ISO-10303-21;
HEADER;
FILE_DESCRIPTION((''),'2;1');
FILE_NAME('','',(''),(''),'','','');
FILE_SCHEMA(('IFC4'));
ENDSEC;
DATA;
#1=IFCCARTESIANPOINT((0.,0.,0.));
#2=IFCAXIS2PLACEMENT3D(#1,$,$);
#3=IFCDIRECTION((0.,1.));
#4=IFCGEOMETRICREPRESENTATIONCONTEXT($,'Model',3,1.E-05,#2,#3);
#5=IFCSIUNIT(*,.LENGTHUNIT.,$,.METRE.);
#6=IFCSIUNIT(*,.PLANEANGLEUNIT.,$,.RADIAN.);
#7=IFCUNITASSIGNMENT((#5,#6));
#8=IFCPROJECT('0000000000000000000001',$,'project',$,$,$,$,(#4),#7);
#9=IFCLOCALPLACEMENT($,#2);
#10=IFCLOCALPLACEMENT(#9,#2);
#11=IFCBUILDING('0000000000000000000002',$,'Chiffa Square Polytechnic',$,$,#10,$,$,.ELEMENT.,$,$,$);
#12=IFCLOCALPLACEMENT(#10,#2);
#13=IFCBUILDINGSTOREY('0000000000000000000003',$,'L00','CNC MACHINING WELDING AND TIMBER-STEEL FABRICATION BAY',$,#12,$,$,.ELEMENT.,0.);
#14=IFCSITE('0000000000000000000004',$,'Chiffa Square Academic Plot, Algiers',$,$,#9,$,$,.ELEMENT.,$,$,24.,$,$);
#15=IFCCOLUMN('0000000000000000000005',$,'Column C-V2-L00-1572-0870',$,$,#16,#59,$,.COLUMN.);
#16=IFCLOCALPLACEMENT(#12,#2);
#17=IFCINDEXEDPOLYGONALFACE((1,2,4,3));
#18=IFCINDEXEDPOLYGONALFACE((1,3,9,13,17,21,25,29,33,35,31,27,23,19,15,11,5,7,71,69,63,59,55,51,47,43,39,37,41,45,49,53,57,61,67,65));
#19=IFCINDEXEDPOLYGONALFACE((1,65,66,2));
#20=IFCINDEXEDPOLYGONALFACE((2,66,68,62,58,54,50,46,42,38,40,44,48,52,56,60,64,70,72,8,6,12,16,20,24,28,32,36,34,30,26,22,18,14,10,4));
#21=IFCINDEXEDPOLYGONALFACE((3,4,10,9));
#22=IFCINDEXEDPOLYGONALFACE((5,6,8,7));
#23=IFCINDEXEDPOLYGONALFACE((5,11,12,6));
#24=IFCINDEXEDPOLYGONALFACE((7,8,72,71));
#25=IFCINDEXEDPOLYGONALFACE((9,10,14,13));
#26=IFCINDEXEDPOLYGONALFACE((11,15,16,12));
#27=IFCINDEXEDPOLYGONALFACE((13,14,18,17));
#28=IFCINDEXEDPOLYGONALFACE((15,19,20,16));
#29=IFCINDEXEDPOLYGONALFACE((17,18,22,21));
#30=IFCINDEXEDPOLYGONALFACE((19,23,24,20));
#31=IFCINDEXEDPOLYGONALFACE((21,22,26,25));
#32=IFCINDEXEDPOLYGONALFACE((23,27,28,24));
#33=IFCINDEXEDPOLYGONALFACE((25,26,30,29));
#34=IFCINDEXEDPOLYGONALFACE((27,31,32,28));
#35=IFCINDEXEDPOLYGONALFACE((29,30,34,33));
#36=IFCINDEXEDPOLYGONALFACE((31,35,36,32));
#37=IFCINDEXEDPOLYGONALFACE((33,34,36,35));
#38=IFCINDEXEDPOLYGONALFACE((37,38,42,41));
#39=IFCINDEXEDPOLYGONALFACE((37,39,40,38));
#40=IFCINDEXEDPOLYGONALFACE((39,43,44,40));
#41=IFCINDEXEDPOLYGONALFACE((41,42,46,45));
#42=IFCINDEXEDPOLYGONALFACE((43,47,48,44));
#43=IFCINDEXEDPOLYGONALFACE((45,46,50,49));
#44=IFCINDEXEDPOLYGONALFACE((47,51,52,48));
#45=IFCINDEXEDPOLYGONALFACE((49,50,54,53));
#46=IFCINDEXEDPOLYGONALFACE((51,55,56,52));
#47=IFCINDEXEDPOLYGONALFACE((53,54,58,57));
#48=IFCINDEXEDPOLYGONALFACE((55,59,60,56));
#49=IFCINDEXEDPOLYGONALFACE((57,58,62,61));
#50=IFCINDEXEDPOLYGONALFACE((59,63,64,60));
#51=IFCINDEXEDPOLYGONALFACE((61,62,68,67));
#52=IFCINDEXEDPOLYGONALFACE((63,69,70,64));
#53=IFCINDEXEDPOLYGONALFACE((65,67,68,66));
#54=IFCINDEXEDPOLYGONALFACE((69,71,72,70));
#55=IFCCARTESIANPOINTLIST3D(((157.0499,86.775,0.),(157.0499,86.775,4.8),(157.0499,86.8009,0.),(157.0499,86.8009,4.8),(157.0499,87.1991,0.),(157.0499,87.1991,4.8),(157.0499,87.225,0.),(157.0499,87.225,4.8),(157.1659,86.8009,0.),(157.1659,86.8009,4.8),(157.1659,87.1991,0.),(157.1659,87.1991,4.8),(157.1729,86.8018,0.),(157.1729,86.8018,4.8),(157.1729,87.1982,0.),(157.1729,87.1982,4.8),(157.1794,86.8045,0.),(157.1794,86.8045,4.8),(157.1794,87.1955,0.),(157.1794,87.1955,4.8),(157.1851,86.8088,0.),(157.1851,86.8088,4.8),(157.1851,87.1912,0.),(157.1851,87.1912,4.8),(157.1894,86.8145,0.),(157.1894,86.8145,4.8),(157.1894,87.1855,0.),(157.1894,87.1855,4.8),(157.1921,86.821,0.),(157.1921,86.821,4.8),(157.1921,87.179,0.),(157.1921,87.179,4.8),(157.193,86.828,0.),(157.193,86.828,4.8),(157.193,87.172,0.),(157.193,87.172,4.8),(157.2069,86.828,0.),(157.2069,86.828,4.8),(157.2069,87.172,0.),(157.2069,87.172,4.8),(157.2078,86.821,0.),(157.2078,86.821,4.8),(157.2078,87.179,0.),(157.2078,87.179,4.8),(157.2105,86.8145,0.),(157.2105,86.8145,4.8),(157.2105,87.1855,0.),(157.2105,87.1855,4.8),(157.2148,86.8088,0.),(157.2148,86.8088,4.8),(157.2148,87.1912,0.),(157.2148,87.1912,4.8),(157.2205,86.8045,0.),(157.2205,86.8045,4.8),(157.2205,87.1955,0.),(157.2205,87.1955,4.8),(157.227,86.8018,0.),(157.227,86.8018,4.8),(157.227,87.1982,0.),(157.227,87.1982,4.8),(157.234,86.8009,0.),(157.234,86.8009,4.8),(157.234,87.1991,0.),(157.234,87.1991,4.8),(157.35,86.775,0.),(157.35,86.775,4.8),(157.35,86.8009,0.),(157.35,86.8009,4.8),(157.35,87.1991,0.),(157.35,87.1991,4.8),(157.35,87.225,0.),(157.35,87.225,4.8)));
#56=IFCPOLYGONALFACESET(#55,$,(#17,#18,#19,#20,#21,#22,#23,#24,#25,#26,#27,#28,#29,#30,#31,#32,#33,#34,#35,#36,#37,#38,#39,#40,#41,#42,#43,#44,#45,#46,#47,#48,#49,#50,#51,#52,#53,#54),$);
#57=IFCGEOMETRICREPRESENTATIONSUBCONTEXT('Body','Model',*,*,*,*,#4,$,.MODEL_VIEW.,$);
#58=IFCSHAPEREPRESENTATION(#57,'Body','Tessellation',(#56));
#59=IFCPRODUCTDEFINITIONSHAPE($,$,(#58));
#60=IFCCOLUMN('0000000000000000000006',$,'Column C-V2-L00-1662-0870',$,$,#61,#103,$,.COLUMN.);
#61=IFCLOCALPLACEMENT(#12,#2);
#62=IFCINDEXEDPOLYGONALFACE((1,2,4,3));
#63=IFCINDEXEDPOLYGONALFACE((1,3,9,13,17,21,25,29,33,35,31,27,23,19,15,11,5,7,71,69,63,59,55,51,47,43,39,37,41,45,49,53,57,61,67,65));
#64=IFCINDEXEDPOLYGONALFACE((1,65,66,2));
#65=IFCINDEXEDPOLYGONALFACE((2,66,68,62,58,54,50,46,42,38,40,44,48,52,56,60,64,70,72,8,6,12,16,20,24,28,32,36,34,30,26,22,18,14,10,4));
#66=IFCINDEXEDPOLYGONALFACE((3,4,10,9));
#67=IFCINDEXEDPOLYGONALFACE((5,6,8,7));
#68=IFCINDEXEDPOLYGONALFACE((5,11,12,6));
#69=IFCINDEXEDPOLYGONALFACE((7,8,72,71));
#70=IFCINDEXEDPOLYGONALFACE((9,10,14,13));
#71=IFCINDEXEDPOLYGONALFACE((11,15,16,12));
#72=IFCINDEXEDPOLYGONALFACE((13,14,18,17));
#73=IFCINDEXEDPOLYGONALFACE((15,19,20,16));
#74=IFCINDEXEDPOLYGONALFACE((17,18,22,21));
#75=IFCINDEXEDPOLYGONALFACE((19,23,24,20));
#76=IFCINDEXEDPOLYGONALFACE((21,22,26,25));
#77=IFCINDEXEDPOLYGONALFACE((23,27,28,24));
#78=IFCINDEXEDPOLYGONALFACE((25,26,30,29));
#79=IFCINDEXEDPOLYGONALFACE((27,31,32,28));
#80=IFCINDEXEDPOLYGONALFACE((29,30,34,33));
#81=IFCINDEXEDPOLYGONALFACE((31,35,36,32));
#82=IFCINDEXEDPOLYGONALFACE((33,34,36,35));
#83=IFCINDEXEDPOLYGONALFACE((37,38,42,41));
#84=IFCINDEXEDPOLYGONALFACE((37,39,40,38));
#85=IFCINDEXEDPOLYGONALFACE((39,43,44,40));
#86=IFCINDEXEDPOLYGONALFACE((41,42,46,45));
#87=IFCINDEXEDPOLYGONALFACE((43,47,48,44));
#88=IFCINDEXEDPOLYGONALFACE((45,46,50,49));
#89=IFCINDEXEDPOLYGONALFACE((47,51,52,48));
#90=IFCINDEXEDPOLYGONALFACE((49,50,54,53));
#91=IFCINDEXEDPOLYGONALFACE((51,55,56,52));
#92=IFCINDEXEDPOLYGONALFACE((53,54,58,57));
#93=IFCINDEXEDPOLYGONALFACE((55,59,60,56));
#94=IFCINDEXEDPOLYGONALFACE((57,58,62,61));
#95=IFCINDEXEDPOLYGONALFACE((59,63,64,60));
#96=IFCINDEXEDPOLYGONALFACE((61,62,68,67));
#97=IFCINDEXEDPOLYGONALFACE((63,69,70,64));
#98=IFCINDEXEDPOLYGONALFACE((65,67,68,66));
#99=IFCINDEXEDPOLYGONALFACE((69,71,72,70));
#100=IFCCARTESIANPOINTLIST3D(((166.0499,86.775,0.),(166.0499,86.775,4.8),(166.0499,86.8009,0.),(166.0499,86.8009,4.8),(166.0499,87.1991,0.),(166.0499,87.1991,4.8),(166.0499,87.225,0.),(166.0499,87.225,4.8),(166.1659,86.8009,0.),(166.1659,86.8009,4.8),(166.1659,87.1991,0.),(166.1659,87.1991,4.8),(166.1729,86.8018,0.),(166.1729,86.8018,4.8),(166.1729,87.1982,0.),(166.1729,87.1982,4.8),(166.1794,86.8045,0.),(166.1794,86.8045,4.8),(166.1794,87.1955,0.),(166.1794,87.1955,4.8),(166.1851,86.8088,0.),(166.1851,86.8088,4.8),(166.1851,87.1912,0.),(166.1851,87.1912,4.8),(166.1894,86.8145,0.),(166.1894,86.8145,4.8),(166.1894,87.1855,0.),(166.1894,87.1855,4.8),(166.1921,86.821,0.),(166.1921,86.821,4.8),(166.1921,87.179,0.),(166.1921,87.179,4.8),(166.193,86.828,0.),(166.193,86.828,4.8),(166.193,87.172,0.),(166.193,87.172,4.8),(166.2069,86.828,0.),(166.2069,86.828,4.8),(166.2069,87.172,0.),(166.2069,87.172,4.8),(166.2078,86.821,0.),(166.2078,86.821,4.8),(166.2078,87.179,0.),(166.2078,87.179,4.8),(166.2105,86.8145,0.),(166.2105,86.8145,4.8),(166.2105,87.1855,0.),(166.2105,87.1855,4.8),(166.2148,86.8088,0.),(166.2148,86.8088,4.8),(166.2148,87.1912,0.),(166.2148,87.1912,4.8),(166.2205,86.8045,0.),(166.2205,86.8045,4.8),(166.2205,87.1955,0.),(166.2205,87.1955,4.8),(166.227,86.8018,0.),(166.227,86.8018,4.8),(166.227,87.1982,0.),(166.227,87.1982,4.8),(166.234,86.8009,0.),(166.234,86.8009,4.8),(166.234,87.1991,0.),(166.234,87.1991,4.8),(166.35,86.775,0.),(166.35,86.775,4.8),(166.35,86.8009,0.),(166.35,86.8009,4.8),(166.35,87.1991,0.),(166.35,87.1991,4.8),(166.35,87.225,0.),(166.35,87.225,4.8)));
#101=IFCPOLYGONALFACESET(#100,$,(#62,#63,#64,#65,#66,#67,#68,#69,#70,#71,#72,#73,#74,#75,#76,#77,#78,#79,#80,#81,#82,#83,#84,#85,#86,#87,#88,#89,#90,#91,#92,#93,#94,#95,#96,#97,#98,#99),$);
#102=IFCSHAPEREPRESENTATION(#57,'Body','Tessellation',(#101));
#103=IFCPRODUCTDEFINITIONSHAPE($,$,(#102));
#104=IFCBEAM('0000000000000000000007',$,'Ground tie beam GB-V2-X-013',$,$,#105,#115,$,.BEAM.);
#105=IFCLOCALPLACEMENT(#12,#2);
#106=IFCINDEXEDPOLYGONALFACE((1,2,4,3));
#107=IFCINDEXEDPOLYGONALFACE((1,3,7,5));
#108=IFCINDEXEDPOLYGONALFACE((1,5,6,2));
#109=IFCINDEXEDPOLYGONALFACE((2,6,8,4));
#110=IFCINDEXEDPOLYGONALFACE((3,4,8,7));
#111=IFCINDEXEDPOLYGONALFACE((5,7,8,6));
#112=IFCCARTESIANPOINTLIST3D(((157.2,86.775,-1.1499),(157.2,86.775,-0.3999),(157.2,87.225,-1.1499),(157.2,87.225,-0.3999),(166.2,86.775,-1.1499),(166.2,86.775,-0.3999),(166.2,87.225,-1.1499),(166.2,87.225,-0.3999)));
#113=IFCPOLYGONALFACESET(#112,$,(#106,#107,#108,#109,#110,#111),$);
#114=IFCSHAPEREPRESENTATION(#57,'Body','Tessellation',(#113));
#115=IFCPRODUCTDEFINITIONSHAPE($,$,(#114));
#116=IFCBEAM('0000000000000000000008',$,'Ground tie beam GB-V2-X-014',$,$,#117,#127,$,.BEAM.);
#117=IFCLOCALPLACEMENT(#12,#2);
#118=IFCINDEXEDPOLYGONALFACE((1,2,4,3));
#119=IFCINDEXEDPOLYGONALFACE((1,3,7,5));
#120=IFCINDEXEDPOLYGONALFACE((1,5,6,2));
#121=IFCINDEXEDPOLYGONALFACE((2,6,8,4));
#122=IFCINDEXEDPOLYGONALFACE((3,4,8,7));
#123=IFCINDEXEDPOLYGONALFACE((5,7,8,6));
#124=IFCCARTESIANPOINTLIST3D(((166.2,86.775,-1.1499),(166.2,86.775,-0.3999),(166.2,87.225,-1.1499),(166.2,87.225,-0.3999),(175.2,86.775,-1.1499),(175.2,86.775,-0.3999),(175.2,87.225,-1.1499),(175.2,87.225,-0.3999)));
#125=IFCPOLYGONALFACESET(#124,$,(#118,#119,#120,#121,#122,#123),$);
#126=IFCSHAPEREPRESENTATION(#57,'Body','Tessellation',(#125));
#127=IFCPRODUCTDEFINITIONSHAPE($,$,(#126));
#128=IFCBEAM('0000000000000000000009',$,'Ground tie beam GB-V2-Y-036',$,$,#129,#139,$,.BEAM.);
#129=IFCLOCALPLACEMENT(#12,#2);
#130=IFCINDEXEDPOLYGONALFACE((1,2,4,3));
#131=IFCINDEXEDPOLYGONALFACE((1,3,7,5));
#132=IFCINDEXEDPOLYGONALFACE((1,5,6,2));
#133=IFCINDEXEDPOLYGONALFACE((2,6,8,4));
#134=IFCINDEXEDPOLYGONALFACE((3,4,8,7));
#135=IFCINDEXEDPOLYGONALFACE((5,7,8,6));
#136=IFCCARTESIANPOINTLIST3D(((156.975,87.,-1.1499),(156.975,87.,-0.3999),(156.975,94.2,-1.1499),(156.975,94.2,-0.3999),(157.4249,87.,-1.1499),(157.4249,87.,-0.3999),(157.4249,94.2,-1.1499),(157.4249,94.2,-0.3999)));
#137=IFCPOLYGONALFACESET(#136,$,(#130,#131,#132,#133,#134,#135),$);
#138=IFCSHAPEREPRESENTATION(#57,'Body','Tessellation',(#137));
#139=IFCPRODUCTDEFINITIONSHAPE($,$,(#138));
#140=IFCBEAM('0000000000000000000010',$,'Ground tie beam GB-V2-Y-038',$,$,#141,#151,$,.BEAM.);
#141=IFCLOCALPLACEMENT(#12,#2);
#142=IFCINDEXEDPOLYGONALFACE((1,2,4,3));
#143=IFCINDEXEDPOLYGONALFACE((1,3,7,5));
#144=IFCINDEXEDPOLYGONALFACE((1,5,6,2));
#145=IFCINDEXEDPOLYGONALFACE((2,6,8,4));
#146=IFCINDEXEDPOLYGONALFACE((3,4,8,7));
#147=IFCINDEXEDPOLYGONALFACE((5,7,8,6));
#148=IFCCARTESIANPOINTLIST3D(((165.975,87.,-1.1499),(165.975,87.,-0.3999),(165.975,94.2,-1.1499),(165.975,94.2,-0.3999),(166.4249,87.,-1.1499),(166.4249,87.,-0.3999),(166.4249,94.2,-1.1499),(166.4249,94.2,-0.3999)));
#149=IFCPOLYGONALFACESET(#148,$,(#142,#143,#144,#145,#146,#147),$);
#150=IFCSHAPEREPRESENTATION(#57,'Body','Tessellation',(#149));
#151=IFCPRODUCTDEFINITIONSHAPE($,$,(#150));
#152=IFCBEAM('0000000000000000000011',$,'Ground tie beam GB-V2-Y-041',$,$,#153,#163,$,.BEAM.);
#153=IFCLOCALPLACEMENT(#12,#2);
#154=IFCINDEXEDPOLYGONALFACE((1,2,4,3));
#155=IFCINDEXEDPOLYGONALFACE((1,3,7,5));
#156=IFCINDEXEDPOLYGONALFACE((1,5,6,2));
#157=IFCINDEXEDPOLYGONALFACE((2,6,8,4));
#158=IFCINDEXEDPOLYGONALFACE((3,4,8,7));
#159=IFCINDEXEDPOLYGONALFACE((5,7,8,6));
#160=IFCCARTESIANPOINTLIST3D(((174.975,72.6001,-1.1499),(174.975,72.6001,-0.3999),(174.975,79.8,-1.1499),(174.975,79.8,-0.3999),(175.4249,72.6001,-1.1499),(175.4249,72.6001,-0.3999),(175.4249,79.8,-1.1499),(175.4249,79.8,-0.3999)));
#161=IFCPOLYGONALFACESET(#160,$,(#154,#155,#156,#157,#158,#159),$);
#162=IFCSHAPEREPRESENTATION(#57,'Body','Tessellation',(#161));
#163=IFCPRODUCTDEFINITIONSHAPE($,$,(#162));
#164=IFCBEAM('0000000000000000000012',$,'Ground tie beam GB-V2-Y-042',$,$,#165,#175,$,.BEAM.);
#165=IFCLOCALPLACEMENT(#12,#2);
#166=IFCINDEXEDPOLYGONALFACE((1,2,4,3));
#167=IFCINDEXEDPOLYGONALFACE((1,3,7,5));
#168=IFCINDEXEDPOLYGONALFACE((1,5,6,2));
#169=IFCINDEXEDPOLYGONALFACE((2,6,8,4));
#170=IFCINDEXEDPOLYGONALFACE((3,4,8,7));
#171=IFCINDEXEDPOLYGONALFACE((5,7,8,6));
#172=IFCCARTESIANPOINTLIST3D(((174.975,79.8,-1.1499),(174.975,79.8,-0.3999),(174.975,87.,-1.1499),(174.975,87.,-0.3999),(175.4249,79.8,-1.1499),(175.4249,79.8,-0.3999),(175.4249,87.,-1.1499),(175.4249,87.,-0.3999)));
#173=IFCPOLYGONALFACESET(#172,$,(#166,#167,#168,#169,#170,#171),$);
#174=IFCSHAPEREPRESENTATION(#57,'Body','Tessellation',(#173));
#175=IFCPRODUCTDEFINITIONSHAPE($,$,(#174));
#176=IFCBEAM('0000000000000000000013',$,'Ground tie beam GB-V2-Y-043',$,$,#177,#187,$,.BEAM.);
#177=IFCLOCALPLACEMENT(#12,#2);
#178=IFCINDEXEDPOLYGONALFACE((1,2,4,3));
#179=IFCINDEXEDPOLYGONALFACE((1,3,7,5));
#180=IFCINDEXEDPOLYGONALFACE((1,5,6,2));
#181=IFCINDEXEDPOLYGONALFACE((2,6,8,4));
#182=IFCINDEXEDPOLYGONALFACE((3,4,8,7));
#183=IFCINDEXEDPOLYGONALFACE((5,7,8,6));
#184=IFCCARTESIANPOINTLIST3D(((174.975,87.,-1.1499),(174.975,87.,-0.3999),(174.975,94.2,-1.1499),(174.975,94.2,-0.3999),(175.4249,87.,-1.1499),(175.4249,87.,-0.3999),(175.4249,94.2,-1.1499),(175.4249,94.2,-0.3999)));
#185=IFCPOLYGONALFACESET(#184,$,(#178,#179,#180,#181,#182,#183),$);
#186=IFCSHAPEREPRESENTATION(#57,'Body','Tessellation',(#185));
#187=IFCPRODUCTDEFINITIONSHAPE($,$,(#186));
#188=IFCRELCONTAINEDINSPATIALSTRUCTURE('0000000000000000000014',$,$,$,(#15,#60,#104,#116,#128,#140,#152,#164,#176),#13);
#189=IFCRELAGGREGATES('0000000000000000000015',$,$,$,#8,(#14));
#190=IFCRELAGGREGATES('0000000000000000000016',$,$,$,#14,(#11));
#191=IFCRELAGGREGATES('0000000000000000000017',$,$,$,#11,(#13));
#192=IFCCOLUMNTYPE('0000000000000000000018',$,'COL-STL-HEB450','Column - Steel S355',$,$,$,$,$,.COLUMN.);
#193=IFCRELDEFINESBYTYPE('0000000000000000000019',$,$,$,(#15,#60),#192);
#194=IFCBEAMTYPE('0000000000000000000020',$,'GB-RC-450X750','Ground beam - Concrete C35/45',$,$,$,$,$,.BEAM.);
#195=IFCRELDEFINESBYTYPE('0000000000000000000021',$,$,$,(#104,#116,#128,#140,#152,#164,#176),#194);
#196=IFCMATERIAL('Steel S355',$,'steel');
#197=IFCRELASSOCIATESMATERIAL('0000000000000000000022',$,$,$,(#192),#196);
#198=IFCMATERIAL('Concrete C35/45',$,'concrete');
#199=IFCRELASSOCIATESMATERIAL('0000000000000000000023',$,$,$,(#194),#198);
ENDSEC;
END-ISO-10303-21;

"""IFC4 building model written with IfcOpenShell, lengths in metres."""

from ifc_helpers import new_model, si_unit, direction, frame, origin, origin_2d, place, context, subcontext, project, spatial, rectangle, i_section, extrude, material, material_profile, profile_set, type_object, element, save


model = new_model("IFC4")

# Units and contexts
model_context = context("Model", 3, precision=1e-05, world=origin(), true_north=direction((0.0, 1.0)))
body_context = subcontext(model_context, "Body", "Model", "MODEL_VIEW")
ifc_project = project(units=[si_unit("LENGTHUNIT", "METRE"), si_unit("PLANEANGLEUNIT", "RADIAN")], contexts=[model_context])

# Site, building, storey
site_placement = place(None, origin())
site = spatial("IfcSite", under=ifc_project, at=site_placement, Name="Chiffa Square Academic Plot, Algiers", CompositionType="ELEMENT", RefElevation=24.0)
building_placement = place(site_placement, origin())
building = spatial("IfcBuilding", under=site, at=building_placement, Name="Chiffa Square Polytechnic", CompositionType="ELEMENT")
storey_placement = place(building_placement, origin())
storey = spatial("IfcBuildingStorey", under=building, at=storey_placement, Name="L00", Description="CNC MACHINING WELDING AND TIMBER-STEEL FABRICATION BAY", CompositionType="ELEMENT", Elevation=0.0)

# Columns
ifc_material_1 = material(Name="Steel S355", Category="steel")
ifc_material_profile_1 = material_profile(ifc_material_1, i_section(OverallWidth=0.3, OverallDepth=0.45, WebThickness=0.0139, FlangeThickness=0.0259, FilletRadius=0.0271, at=origin_2d()), Name="HEB 450")
ifc_profile_set_1 = profile_set([ifc_material_profile_1], Name="Steel S355")
column_type_1 = type_object("IfcColumnType", Name="COL-STL-HEB450", Description="Column - Steel S355", PredefinedType="COLUMN", material=ifc_profile_set_1)
for number, where, z_axis, x_axis, name in (
    (1, (157.2, 87.0, 0.0), (0.0, 0.0, 1.0), (1.0, 0.0, 0.0), "Column C-V2-L00-1572-0870"),
    (2, (166.2, 87.0, 0.0), (0.0, 0.0, 1.0), (1.0, 0.0, 0.0), "Column C-V2-L00-1662-0870"),
):
    element("IfcColumn", number, at=place(storey_placement, frame(where, z_axis=z_axis, x_axis=x_axis)), inside=storey, type_object=column_type_1, Name=name, PredefinedType="COLUMN", context=body_context, shape_type="SweptSolid", body=[
        extrude(i_section(OverallWidth=0.3, OverallDepth=0.45, WebThickness=0.0139, FlangeThickness=0.0259, FilletRadius=0.0271, at=origin_2d()), origin(), (0.0, 0.0, 1.0), 4.8),
    ])

# Beams
ifc_material_2 = material(Name="Concrete C35/45", Category="concrete")
ifc_material_profile_2 = material_profile(ifc_material_2, rectangle(XDim=0.45, YDim=0.75, at=origin_2d()), Name="RC 450x750")
ifc_profile_set_2 = profile_set([ifc_material_profile_2], Name="Concrete C35/45")
beam_type = type_object("IfcBeamType", Name="GB-RC-450X750", Description="Ground beam - Concrete C35/45", PredefinedType="BEAM", material=ifc_profile_set_2)
for number, where, z_axis, x_axis, name in (
    (3, (157.2, 87.0, -0.7749), (1.0, 0.0, 0.0), (0.0, 1.0, 0.0), "Ground tie beam GB-V2-X-013"),
    (4, (166.2, 87.0, -0.7749), (1.0, 0.0, 0.0), (0.0, 1.0, 0.0), "Ground tie beam GB-V2-X-014"),
):
    element("IfcBeam", number, at=place(storey_placement, frame(where, z_axis=z_axis, x_axis=x_axis)), inside=storey, type_object=beam_type, Name=name, PredefinedType="BEAM", context=body_context, shape_type="SweptSolid", body=[
        extrude(rectangle(XDim=0.45, YDim=0.75, at=origin_2d()), origin(), (0.0, 0.0, 1.0), 9.0),
    ])
for number, where, z_axis, x_axis, name in (
    (5, (157.2, 87.0, -0.7749), (0.0, 1.0, 0.0), (-1.0, 0.0, 0.0), "Ground tie beam GB-V2-Y-036"),
    (6, (166.2, 87.0, -0.7749), (0.0, 1.0, 0.0), (-1.0, 0.0, 0.0), "Ground tie beam GB-V2-Y-038"),
    (7, (175.2, 72.6001, -0.7749), (0.0, 1.0, 0.0), (-1.0, 0.0, 0.0), "Ground tie beam GB-V2-Y-041"),
    (8, (175.2, 79.8, -0.7749), (0.0, 1.0, 0.0), (-1.0, 0.0, 0.0), "Ground tie beam GB-V2-Y-042"),
    (9, (175.2, 87.0, -0.7749), (0.0, 1.0, 0.0), (-1.0, 0.0, 0.0), "Ground tie beam GB-V2-Y-043"),
):
    element("IfcBeam", number, at=place(storey_placement, frame(where, z_axis=z_axis, x_axis=x_axis)), inside=storey, type_object=beam_type, Name=name, PredefinedType="BEAM", context=body_context, shape_type="SweptSolid", body=[
        extrude(rectangle(XDim=0.45, YDim=0.75, at=origin_2d()), origin(), (0.0, 0.0, 1.0), 7.2),
    ])

save(model, "model.ifc")
